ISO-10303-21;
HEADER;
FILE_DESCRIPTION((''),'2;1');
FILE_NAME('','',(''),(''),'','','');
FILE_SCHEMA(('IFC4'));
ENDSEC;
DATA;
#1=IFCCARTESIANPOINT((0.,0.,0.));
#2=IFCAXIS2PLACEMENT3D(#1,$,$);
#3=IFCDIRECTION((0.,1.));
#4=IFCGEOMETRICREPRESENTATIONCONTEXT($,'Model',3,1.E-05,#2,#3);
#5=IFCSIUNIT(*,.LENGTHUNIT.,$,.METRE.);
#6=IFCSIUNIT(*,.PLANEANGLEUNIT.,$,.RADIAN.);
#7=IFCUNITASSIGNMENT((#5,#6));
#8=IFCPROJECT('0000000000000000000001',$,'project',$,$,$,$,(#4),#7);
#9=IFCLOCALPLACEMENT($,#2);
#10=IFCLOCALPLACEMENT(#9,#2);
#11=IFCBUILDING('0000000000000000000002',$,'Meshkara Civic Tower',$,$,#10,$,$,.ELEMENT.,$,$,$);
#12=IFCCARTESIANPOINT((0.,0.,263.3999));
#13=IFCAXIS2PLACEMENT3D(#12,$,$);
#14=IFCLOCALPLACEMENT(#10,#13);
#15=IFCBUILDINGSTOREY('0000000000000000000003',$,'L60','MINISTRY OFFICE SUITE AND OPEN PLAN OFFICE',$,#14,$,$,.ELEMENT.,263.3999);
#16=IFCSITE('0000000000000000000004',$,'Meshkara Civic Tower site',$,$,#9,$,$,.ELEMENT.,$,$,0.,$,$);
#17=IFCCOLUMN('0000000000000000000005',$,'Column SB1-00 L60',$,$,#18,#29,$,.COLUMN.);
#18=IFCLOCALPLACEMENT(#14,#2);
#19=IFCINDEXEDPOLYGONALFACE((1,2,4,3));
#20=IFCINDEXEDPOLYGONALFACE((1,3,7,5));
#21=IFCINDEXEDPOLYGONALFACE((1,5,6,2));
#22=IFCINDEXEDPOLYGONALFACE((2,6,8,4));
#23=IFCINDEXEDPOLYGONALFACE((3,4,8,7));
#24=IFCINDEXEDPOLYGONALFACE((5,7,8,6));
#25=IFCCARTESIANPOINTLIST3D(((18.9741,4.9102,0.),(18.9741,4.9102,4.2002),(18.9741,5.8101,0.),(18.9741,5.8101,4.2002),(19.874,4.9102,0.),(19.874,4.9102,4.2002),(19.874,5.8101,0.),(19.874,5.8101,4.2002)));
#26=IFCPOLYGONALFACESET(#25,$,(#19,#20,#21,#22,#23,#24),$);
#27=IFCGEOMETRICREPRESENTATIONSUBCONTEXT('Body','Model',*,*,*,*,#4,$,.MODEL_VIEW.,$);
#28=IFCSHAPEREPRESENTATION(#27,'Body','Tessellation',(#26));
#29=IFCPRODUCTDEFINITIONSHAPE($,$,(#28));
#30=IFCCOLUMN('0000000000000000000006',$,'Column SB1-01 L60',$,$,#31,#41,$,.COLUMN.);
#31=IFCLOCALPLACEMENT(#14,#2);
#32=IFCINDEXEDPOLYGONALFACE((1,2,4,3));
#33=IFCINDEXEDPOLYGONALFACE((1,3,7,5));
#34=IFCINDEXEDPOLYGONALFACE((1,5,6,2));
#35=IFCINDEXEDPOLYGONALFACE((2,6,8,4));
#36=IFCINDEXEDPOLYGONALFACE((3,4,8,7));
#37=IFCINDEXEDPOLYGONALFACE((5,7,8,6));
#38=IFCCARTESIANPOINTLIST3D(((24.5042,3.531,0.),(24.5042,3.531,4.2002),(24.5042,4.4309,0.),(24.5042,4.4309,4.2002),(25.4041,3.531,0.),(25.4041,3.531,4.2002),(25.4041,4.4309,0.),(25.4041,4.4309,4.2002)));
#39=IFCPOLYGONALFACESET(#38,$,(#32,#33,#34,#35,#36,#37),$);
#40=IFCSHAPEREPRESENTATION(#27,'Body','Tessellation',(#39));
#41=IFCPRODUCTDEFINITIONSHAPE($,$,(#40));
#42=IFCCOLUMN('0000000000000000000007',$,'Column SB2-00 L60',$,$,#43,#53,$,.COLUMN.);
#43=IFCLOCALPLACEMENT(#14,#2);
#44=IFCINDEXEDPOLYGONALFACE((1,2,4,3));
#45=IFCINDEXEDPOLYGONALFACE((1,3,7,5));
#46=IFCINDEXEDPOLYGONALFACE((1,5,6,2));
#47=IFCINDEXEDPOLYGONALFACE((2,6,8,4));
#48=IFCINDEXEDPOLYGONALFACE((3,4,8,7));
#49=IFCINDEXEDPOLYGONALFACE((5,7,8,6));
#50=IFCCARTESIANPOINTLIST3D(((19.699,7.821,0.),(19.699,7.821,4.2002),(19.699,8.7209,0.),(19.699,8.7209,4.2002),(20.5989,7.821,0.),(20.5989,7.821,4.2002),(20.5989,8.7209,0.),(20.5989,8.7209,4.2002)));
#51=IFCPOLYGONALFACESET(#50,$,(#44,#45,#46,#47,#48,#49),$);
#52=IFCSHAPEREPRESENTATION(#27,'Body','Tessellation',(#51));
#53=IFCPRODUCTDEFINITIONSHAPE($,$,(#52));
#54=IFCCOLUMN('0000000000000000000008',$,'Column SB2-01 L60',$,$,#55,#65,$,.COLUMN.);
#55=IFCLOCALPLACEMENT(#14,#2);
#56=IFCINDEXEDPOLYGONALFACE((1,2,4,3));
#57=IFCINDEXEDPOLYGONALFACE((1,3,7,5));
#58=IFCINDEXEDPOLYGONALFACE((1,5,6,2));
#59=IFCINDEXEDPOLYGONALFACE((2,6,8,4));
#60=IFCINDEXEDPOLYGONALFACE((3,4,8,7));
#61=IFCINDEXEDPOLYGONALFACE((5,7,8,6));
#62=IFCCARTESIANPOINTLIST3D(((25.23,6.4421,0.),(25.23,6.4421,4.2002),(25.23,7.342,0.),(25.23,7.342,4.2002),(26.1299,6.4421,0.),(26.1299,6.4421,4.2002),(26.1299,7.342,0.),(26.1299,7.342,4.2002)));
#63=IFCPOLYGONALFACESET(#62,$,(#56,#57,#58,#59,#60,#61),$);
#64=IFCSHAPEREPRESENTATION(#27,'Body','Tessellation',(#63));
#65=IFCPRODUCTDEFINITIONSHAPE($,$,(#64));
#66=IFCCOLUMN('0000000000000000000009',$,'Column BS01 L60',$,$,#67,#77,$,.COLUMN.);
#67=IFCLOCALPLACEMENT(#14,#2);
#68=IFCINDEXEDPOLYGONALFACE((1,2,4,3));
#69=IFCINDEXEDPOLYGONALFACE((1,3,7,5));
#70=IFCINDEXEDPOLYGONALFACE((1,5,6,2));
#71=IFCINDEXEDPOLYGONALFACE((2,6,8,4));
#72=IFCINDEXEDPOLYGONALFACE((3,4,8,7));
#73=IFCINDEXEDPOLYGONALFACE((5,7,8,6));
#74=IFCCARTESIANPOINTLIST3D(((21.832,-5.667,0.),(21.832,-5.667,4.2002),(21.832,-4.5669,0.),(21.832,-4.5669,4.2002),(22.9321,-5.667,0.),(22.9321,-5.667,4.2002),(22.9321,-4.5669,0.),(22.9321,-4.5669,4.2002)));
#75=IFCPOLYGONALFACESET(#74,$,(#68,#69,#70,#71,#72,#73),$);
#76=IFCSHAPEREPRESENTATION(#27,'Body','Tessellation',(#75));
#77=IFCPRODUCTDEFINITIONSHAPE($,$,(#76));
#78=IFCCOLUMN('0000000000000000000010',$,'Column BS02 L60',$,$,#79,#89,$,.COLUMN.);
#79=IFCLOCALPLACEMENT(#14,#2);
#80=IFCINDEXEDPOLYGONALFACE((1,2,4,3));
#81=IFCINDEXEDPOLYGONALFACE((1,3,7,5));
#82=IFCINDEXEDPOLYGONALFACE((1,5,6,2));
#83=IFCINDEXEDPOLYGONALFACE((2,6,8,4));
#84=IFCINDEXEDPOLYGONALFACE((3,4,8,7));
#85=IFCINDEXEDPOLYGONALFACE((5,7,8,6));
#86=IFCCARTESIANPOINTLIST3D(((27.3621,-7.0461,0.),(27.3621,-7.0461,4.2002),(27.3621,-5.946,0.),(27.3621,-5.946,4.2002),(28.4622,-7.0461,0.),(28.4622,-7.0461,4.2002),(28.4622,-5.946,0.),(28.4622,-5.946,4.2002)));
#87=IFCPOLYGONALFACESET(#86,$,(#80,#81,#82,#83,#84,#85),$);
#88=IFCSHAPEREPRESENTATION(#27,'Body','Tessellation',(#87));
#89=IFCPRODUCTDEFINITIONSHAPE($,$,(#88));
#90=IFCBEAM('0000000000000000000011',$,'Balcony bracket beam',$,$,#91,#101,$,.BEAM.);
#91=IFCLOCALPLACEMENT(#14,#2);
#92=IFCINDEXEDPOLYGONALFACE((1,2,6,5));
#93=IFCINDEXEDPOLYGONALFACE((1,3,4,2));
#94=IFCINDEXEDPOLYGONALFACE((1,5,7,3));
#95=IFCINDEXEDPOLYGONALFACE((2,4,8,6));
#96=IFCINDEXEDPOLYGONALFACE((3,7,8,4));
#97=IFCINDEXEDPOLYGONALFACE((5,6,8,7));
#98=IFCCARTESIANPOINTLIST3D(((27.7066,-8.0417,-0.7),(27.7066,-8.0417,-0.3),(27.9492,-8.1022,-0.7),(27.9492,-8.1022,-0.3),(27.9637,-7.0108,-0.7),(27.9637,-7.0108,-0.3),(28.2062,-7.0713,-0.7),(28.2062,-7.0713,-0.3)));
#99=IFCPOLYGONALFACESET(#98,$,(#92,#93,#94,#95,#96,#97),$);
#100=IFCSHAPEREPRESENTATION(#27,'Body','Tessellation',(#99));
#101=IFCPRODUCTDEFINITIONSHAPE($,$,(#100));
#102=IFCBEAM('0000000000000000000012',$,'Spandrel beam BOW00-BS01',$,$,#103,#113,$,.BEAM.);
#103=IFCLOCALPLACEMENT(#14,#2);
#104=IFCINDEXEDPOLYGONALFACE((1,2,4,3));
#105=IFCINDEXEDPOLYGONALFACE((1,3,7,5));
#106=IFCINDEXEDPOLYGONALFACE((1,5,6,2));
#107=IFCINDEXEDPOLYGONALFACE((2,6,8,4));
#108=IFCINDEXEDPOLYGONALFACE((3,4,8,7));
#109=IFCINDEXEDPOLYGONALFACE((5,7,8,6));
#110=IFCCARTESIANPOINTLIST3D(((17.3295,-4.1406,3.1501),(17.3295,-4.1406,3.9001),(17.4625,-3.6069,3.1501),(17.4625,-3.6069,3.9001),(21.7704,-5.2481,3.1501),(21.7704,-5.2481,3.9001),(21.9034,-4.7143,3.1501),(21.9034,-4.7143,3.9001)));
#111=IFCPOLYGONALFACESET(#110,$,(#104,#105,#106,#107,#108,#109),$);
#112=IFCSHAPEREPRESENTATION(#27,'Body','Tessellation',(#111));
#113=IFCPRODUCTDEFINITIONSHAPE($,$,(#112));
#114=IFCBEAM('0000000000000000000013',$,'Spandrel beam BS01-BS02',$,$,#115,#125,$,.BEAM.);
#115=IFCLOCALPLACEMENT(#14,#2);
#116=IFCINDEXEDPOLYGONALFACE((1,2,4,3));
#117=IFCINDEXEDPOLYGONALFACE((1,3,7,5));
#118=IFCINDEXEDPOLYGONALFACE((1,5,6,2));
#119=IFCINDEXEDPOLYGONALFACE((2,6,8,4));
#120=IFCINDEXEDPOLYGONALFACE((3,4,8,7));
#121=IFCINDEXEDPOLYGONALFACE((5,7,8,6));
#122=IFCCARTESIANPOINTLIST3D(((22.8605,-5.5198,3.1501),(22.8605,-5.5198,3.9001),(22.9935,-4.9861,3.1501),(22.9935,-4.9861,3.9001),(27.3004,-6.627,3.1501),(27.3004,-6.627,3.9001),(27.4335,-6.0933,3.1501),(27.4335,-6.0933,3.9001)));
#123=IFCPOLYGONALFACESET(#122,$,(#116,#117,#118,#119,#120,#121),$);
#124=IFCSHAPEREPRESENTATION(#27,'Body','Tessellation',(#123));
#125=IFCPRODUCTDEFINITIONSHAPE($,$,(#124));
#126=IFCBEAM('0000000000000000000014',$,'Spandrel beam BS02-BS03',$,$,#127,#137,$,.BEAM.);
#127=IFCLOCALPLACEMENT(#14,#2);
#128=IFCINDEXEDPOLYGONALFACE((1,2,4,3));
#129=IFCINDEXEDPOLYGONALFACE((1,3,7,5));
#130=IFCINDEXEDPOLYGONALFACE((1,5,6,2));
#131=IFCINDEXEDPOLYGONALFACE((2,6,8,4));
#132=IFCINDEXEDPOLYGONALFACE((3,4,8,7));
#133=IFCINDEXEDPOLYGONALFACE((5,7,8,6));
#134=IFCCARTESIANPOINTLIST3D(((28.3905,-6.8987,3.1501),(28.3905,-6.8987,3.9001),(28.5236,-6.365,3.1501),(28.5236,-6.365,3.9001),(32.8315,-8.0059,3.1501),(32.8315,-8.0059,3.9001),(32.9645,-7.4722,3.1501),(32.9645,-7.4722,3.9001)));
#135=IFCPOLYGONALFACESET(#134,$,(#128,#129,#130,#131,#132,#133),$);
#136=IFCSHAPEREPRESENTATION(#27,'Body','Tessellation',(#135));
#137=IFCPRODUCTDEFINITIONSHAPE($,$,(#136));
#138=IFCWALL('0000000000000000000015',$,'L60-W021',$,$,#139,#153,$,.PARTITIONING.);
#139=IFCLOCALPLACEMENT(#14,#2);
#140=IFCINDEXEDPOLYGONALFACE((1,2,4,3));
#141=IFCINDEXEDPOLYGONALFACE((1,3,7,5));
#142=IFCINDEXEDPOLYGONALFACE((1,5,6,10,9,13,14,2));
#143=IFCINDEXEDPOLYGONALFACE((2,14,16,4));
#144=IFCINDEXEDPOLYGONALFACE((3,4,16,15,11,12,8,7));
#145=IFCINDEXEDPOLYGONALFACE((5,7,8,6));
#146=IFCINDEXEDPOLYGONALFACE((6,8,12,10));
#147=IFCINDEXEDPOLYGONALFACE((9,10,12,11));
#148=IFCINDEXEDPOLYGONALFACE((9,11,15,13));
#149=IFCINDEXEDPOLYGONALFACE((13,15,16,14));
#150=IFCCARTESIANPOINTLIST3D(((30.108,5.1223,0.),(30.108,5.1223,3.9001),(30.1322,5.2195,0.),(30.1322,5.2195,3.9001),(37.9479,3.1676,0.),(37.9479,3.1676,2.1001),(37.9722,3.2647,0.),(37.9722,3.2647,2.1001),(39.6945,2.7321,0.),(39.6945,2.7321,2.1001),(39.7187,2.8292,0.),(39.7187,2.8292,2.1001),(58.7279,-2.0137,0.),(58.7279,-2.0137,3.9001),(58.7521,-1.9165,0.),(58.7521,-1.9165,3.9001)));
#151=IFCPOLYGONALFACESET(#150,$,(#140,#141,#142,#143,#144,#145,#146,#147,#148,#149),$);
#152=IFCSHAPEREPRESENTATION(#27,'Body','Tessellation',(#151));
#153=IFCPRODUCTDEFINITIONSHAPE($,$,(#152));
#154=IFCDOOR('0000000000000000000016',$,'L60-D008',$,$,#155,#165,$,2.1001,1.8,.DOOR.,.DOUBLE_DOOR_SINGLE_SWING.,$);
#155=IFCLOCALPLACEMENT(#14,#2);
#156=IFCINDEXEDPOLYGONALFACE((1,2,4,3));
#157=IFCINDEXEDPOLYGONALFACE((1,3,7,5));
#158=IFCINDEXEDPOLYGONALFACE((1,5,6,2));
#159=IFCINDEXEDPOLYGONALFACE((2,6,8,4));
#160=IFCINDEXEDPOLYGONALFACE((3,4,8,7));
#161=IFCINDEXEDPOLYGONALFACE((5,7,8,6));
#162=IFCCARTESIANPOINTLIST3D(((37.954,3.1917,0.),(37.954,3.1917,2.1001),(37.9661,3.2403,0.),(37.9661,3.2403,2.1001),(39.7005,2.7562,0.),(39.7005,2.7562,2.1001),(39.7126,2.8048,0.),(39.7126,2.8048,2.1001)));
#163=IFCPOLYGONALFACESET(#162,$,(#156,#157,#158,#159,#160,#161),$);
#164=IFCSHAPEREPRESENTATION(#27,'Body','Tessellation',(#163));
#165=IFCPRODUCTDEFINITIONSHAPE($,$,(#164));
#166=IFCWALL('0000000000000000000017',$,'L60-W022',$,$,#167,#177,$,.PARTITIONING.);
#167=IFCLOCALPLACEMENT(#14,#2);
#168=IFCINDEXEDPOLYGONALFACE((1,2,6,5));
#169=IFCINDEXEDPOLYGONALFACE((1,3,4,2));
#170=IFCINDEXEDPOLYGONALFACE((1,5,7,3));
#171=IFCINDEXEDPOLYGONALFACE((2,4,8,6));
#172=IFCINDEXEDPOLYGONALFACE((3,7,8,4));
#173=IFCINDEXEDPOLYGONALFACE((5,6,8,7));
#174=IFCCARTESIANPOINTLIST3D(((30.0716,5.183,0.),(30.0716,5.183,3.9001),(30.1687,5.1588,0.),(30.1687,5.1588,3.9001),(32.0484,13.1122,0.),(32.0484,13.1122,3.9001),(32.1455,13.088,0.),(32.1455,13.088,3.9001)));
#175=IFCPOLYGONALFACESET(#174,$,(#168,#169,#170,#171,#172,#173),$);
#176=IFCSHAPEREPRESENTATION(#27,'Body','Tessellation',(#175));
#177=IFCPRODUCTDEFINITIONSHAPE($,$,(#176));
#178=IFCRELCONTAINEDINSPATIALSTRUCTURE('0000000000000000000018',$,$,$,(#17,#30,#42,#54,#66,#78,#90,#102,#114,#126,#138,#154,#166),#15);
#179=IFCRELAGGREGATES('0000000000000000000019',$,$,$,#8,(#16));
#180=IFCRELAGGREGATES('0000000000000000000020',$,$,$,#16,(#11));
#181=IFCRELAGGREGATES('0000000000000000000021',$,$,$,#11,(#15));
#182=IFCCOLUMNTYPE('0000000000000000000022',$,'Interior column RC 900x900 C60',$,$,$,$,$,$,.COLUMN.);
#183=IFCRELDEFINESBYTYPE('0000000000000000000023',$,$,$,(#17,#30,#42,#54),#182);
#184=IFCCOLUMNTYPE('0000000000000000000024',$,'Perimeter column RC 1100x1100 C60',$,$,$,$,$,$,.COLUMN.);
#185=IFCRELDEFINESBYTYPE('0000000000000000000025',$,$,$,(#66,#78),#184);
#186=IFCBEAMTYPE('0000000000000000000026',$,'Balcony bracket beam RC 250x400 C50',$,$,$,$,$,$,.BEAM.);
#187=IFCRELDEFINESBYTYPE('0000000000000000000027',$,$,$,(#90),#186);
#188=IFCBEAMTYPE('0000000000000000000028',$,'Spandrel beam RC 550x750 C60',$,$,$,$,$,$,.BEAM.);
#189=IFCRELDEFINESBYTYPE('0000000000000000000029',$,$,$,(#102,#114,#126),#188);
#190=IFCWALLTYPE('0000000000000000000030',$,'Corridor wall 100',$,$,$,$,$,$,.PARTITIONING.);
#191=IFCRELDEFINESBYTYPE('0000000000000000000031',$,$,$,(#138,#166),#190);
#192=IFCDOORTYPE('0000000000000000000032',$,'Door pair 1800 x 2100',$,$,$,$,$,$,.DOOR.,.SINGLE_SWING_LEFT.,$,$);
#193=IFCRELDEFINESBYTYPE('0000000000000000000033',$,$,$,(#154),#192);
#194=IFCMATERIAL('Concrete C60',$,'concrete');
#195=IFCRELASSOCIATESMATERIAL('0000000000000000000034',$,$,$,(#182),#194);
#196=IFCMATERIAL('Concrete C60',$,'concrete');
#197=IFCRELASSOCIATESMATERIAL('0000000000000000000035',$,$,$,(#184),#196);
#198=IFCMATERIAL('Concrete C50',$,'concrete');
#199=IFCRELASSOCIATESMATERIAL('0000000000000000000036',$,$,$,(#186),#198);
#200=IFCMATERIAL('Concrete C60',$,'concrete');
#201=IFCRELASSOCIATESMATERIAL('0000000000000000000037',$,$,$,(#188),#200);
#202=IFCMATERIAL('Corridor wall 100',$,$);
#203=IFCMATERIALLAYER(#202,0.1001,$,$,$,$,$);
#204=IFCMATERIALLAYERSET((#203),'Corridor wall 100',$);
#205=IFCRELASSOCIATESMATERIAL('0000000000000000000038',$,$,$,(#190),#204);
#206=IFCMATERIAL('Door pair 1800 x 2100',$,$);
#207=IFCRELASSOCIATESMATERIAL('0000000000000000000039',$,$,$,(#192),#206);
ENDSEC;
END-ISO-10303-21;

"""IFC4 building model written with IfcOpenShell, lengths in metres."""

from ifc_helpers import new_model, si_unit, direction, frame, frame_2d, origin, origin_2d, place, context, subcontext, project, spatial, rectangle, extrude, material, layer, layer_set, material_profile, profile_set, type_object, element, fill, save


model = new_model("IFC4")

# Units and contexts
model_context = context("Model", 3, precision=1e-05, world=origin(), true_north=direction((0.0, 1.0)))
body_context = subcontext(model_context, "Body", "Model", "MODEL_VIEW")
ifc_project = project(units=[si_unit("LENGTHUNIT", "METRE"), si_unit("PLANEANGLEUNIT", "RADIAN")], contexts=[model_context])

# Site, building, storey
site_placement = place(None, origin())
site = spatial("IfcSite", under=ifc_project, at=site_placement, Name="Meshkara Civic Tower site", CompositionType="ELEMENT", RefElevation=0.0)
building_placement = place(site_placement, origin())
building = spatial("IfcBuilding", under=site, at=building_placement, Name="Meshkara Civic Tower", CompositionType="ELEMENT")
storey_placement = place(building_placement, frame((0.0, 0.0, 263.3999)))
storey = spatial("IfcBuildingStorey", under=building, at=storey_placement, Name="L60", Description="MINISTRY OFFICE SUITE AND OPEN PLAN OFFICE", CompositionType="ELEMENT", Elevation=263.3999)

# Columns
ifc_material_1 = material(Name="Concrete C60", Category="concrete")
ifc_material_profile_1 = material_profile(ifc_material_1, rectangle(XDim=0.8999, YDim=0.8999, at=origin_2d()))
ifc_profile_set_1 = profile_set([ifc_material_profile_1], Name="Concrete C60")
column_type_1 = type_object("IfcColumnType", Name="Interior column RC 900x900 C60", PredefinedType="COLUMN", material=ifc_profile_set_1)
for number, where, z_axis, x_axis, name in (
    (1, (19.4241, 5.3601, 0.0), (0.0, 0.0, 1.0), (1.0, 0.0, 0.0), "Column SB1-00 L60"),
    (2, (24.9541, 3.981, 0.0), (0.0, 0.0, 1.0), (1.0, 0.0, 0.0), "Column SB1-01 L60"),
    (3, (20.1489, 8.271, 0.0), (0.0, 0.0, 1.0), (1.0, 0.0, 0.0), "Column SB2-00 L60"),
    (4, (25.6799, 6.8921, 0.0), (0.0, 0.0, 1.0), (1.0, 0.0, 0.0), "Column SB2-01 L60"),
):
    element("IfcColumn", number, at=place(storey_placement, frame(where, z_axis=z_axis, x_axis=x_axis)), inside=storey, type_object=column_type_1, Name=name, PredefinedType="COLUMN", context=body_context, shape_type="SweptSolid", body=[
        extrude(rectangle(XDim=0.8999, YDim=0.8999, at=origin_2d()), origin(), (0.0, 0.0, 1.0), 4.2002),
    ])
ifc_material_2 = material(Name="Concrete C60", Category="concrete")
ifc_material_profile_2 = material_profile(ifc_material_2, rectangle(XDim=1.1001, YDim=1.1001, at=origin_2d()))
ifc_profile_set_2 = profile_set([ifc_material_profile_2], Name="Concrete C60")
column_type_2 = type_object("IfcColumnType", Name="Perimeter column RC 1100x1100 C60", PredefinedType="COLUMN", material=ifc_profile_set_2)
for number, where, z_axis, x_axis, name in (
    (5, (22.3821, -5.1169, 0.0), (0.0, 0.0, 1.0), (1.0, 0.0, 0.0), "Column BS01 L60"),
    (6, (27.9121, -6.4961, 0.0), (0.0, 0.0, 1.0), (1.0, 0.0, 0.0), "Column BS02 L60"),
):
    element("IfcColumn", number, at=place(storey_placement, frame(where, z_axis=z_axis, x_axis=x_axis)), inside=storey, type_object=column_type_2, Name=name, PredefinedType="COLUMN", context=body_context, shape_type="SweptSolid", body=[
        extrude(rectangle(XDim=1.1001, YDim=1.1001, at=origin_2d()), origin(), (0.0, 0.0, 1.0), 4.2002),
    ])

# Beams
ifc_material_3 = material(Name="Concrete C50", Category="concrete")
ifc_material_profile_3 = material_profile(ifc_material_3, rectangle(XDim=0.25, YDim=0.3999, at=origin_2d()))
ifc_profile_set_3 = profile_set([ifc_material_profile_3], Name="Concrete C50")
beam_type_1 = type_object("IfcBeamType", Name="Balcony bracket beam RC 250x400 C50", PredefinedType="BEAM", material=ifc_profile_set_3)
beam_1_placement = place(storey_placement, frame((28.085, -7.041, -0.5), z_axis=(-0.241941, -0.970291, 0.0), x_axis=(0.970291, -0.241941, 0.0)))
element("IfcBeam", 7, at=beam_1_placement, inside=storey, type_object=beam_type_1, Name="Balcony bracket beam", PredefinedType="BEAM", context=body_context, shape_type="SweptSolid", body=[
    extrude(rectangle(XDim=0.25, YDim=0.3999, at=origin_2d()), origin(), (0.0, 0.0, 1.0), 1.0625),
])
ifc_material_4 = material(Name="Concrete C60", Category="concrete")
ifc_material_profile_4 = material_profile(ifc_material_4, rectangle(XDim=0.55, YDim=0.75, at=origin_2d()))
ifc_profile_set_4 = profile_set([ifc_material_profile_4], Name="Concrete C60")
beam_type_2 = type_object("IfcBeamType", Name="Spandrel beam RC 550x750 C60", PredefinedType="BEAM", material=ifc_profile_set_4)
beam_2_placement = place(storey_placement, frame((17.396, -3.8738, 3.5251), z_axis=(0.970287, -0.241958, 0.0), x_axis=(0.241958, 0.970287, 0.0)))
element("IfcBeam", 8, at=beam_2_placement, inside=storey, type_object=beam_type_2, Name="Spandrel beam BOW00-BS01", PredefinedType="BEAM", context=body_context, shape_type="SweptSolid", body=[
    extrude(rectangle(XDim=0.55, YDim=0.75, at=origin_2d()), origin(), (0.0, 0.0, 1.0), 4.5769),
])
beam_3_placement = place(storey_placement, frame((22.927, -5.2529, 3.5251), z_axis=(0.970287, -0.241958, 0.0), x_axis=(0.241958, 0.970287, 0.0)))
element("IfcBeam", 9, at=beam_3_placement, inside=storey, type_object=beam_type_2, Name="Spandrel beam BS01-BS02", PredefinedType="BEAM", context=body_context, shape_type="SweptSolid", body=[
    extrude(rectangle(XDim=0.55, YDim=0.75, at=origin_2d()), origin(), (0.0, 0.0, 1.0), 4.5759),
])
beam_4_placement = place(storey_placement, frame((28.457, -6.6318, 3.5251), z_axis=(0.970299, -0.241908, 0.0), x_axis=(0.241908, 0.970299, 0.0)))
element("IfcBeam", 10, at=beam_4_placement, inside=storey, type_object=beam_type_2, Name="Spandrel beam BS02-BS03", PredefinedType="BEAM", context=body_context, shape_type="SweptSolid", body=[
    extrude(rectangle(XDim=0.55, YDim=0.75, at=origin_2d()), origin(), (0.0, 0.0, 1.0), 4.5769),
])

# Wall, opening, door
ifc_material_5 = material(Name="Corridor wall 100")
ifc_layer_1 = layer(ifc_material_5, 0.1001)
ifc_layer_set_1 = layer_set([ifc_layer_1], Name="Corridor wall 100")
wall_type_1 = type_object("IfcWallType", Name="Corridor wall 100", PredefinedType="PARTITIONING", material=ifc_layer_set_1)
wall_1_placement = place(storey_placement, frame((30.1201, 5.1709, 0.0), z_axis=(0.0, 0.0, 1.0), x_axis=(0.970294, -0.24193, 0.0)))
wall_1 = element("IfcWall", 11, at=wall_1_placement, inside=storey, type_object=wall_type_1, Name="L60-W021", PredefinedType="PARTITIONING", context=body_context, shape_type="SweptSolid", body=[
    extrude(rectangle(XDim=29.4961, YDim=0.1001, at=frame_2d((14.748, 0.0))), origin(), (0.0, 0.0, 1.0), 3.9001),
])
opening_1_placement = place(wall_1_placement, frame((8.0801, 0.0, 0.0)))
opening_1 = element("IfcOpeningElement", 12, at=opening_1_placement, cuts=wall_1, PredefinedType="OPENING", context=body_context, shape_type="SweptSolid", body=[
    extrude(rectangle(XDim=1.8, YDim=2.1001, at=frame_2d((0.8999, 1.05))), frame((0.0, 0.0601, 0.0), z_axis=(0.0, -1.0, 0.0), x_axis=(1.0, 0.0, 0.0)), (0.0, 0.0, 1.0), 0.1201),
])
ifc_material_6 = material(Name="Door pair 1800 x 2100")
door_type_1 = type_object("IfcDoorType", Name="Door pair 1800 x 2100", OperationType="SINGLE_SWING_LEFT", PredefinedType="DOOR", material=ifc_material_6)
door_1_placement = place(opening_1_placement, origin())
door_1 = element("IfcDoor", 13, at=door_1_placement, inside=storey, type_object=door_type_1, Name="L60-D008", OperationType="DOUBLE_DOOR_SINGLE_SWING", OverallHeight=2.1001, OverallWidth=1.8, PredefinedType="DOOR", context=body_context, shape_type="SweptSolid", body=[
    extrude(rectangle(XDim=1.8, YDim=2.1001, at=frame_2d((0.8999, 1.05))), frame((0.0, 0.0249, 0.0), z_axis=(0.0, -1.0, 0.0), x_axis=(1.0, 0.0, 0.0)), (0.0, 0.0, 1.0), 0.05),
])
fill(opening_1, door_1)

# Wall
wall_2_placement = place(storey_placement, frame((30.1201, 5.1709, 0.0), z_axis=(0.0, 0.0, 1.0), x_axis=(0.241903, 0.9703, 0.0)))
element("IfcWall", 14, at=wall_2_placement, inside=storey, type_object=wall_type_1, Name="L60-W022", PredefinedType="PARTITIONING", context=body_context, shape_type="SweptSolid", body=[
    extrude(rectangle(XDim=8.1719, YDim=0.1001, at=frame_2d((4.0859, 0.0))), origin(), (0.0, 0.0, 1.0), 3.9001),
])

save(model, "model.ifc")
